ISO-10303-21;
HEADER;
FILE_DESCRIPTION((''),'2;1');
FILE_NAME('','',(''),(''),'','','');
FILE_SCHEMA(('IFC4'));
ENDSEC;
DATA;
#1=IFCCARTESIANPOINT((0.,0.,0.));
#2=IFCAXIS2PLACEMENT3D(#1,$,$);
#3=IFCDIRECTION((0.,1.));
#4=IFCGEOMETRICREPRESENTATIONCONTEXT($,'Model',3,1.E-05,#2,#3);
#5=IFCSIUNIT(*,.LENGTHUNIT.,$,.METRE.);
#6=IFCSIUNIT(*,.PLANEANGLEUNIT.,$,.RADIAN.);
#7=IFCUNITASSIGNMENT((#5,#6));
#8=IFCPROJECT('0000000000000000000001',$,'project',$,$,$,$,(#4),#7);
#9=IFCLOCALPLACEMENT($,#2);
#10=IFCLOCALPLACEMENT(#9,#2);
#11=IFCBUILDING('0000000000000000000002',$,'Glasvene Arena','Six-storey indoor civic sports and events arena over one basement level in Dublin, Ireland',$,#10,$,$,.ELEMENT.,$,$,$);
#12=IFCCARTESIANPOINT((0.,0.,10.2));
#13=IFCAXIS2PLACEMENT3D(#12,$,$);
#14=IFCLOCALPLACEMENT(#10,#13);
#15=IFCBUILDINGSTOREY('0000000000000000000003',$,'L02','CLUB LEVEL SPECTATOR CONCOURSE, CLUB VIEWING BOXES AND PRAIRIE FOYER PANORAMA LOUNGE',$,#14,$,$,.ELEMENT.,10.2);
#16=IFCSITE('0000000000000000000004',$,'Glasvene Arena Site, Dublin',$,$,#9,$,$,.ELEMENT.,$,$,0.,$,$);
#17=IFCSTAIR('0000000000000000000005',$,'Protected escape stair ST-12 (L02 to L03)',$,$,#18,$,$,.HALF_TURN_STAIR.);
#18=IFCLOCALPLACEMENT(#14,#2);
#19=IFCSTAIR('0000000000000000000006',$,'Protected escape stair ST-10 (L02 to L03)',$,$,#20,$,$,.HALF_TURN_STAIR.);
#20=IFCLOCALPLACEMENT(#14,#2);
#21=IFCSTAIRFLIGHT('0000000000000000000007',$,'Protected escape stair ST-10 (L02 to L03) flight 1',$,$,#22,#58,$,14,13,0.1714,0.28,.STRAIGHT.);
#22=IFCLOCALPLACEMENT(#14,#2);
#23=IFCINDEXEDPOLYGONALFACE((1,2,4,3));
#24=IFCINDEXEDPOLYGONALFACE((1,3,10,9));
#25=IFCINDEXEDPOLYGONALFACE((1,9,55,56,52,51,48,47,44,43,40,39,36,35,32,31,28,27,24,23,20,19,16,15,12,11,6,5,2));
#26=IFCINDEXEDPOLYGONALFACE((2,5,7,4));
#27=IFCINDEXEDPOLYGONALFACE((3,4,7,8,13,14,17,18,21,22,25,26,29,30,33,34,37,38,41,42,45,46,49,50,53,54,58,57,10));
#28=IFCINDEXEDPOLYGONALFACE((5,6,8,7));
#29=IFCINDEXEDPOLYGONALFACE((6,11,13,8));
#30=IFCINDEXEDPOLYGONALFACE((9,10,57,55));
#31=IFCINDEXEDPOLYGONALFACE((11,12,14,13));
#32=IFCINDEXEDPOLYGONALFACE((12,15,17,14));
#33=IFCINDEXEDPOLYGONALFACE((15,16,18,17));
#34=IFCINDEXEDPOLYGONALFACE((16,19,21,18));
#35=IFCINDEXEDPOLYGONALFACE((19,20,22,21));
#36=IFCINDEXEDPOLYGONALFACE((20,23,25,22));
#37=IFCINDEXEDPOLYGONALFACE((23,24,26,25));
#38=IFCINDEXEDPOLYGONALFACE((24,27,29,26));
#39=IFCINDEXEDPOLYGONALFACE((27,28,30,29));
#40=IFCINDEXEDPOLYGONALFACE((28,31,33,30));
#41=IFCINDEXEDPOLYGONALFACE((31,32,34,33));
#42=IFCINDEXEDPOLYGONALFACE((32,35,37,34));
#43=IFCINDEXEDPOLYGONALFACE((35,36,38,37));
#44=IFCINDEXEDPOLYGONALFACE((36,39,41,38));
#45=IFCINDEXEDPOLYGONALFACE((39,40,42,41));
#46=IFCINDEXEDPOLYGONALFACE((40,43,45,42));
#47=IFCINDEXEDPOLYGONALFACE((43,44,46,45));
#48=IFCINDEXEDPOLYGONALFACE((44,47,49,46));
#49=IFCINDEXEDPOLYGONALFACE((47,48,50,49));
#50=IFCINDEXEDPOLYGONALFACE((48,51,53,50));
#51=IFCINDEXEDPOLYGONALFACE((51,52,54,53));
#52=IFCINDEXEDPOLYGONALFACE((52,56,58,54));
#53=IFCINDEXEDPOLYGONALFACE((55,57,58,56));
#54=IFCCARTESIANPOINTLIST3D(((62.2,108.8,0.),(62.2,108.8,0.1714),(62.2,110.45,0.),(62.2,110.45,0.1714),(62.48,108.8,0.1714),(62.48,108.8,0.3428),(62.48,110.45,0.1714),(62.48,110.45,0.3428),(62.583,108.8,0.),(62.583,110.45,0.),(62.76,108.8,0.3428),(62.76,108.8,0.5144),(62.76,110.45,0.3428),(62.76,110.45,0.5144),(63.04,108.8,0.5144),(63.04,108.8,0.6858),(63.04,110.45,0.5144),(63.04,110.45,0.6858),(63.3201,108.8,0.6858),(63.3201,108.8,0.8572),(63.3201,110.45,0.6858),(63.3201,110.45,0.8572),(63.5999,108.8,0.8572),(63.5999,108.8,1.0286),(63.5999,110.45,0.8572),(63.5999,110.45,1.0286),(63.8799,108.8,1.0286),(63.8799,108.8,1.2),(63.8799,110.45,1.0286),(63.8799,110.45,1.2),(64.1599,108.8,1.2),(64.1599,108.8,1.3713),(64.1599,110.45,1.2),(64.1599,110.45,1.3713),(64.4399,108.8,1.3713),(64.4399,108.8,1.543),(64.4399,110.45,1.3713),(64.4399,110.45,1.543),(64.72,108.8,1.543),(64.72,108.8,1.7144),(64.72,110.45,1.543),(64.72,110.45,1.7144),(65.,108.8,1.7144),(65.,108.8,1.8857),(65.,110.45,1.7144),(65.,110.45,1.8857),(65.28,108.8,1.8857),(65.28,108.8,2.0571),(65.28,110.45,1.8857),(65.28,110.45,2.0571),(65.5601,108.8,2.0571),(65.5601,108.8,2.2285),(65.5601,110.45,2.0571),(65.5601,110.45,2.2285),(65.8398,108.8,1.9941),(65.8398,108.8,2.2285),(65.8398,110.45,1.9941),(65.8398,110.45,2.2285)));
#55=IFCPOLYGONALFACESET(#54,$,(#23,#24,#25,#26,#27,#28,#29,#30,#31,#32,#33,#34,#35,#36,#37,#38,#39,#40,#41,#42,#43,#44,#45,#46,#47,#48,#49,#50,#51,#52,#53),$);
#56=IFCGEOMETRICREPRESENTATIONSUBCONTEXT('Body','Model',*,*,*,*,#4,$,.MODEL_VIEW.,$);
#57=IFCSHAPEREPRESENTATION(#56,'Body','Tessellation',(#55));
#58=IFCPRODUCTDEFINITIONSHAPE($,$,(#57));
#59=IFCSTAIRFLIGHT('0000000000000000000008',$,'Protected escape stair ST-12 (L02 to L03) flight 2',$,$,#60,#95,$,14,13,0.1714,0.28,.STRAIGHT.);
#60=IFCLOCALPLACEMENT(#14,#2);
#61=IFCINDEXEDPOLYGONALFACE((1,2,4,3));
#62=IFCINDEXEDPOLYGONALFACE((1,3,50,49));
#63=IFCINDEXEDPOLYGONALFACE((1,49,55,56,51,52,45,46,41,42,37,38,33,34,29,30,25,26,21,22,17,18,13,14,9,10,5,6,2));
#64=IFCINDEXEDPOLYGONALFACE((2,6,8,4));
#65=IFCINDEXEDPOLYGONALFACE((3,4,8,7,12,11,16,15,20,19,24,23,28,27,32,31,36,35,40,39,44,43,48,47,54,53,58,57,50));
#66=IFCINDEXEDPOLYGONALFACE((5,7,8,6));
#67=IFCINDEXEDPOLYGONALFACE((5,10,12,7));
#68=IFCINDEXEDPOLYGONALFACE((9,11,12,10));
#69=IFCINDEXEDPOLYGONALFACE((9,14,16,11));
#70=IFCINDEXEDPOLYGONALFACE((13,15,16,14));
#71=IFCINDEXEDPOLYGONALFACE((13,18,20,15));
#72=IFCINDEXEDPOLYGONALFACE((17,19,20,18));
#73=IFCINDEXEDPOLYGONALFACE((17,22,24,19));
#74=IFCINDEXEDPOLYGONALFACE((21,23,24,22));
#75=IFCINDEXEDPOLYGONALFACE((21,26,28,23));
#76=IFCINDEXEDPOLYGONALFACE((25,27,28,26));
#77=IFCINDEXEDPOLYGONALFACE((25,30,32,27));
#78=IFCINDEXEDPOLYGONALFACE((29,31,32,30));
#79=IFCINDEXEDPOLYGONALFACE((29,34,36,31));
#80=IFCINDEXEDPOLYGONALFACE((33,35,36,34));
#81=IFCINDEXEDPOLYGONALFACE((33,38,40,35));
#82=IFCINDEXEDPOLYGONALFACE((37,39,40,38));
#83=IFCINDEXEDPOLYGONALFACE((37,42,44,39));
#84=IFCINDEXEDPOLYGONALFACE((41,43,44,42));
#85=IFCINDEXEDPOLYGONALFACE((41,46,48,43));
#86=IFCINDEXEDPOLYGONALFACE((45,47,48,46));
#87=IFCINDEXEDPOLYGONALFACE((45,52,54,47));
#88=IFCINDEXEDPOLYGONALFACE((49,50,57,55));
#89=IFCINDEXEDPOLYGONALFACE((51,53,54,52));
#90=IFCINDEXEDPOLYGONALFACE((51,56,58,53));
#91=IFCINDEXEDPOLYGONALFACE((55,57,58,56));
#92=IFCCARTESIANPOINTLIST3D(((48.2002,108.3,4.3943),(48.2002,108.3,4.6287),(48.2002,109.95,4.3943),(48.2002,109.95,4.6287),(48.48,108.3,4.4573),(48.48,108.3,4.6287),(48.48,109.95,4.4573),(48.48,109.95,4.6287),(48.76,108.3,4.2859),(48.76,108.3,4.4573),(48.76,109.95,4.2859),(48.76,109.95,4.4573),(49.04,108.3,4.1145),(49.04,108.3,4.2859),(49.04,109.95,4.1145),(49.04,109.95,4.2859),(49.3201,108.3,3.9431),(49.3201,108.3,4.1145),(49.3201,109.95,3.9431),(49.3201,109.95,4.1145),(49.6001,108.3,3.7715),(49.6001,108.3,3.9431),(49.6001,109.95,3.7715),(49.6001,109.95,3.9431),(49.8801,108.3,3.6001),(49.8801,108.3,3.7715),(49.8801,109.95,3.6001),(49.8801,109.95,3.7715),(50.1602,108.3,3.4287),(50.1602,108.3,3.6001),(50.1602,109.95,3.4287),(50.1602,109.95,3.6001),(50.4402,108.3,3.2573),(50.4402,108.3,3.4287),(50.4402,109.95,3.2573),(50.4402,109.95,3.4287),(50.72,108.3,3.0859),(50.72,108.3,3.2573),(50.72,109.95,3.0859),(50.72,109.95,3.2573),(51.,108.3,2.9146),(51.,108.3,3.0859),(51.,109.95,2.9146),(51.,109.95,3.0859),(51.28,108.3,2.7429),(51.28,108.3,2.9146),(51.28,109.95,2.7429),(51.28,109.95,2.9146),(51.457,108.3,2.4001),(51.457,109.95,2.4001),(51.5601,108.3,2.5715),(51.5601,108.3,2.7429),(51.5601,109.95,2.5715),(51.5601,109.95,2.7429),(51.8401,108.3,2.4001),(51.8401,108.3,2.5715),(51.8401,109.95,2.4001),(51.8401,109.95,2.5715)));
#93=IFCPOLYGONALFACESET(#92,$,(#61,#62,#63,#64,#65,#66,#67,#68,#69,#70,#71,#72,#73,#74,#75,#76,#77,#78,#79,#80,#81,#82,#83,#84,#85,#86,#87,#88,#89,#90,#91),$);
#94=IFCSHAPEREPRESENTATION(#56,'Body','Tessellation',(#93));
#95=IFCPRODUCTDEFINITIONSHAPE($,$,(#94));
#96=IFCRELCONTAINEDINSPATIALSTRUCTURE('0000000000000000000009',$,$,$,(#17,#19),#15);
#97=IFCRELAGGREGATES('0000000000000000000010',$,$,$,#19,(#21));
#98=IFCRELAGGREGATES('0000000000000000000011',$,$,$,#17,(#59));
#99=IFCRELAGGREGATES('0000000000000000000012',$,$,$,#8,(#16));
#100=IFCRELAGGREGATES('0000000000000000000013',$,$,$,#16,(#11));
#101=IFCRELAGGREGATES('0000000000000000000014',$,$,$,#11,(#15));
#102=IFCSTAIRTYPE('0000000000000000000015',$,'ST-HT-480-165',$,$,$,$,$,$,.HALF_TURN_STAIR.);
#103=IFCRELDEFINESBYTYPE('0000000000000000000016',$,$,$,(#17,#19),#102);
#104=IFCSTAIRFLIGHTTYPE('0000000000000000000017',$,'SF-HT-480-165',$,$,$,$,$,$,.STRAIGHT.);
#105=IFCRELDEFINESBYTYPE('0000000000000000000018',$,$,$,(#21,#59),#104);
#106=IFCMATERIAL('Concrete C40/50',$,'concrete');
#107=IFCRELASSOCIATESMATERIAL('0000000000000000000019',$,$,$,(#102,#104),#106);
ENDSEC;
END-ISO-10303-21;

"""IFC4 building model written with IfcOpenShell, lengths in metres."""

from ifc_helpers import new_model, si_unit, direction, frame, origin, place, context, subcontext, project, spatial, polyline, outline, extrude, material, type_object, element, aggregate, save


model = new_model("IFC4")

# Units and contexts
model_context = context("Model", 3, precision=1e-05, world=origin(), true_north=direction((0.0, 1.0)))
body_context = subcontext(model_context, "Body", "Model", "MODEL_VIEW")
ifc_project = project(units=[si_unit("LENGTHUNIT", "METRE"), si_unit("PLANEANGLEUNIT", "RADIAN")], contexts=[model_context])

# Site, building, storey
site_placement = place(None, origin())
site = spatial("IfcSite", under=ifc_project, at=site_placement, Name="Glasvene Arena Site, Dublin", CompositionType="ELEMENT", RefElevation=0.0)
building_placement = place(site_placement, origin())
building = spatial("IfcBuilding", under=site, at=building_placement, Name="Glasvene Arena", Description="Six-storey indoor civic sports and events arena over one basement level in Dublin, Ireland", CompositionType="ELEMENT")
storey_placement = place(building_placement, frame((0.0, 0.0, 10.2)))
storey = spatial("IfcBuildingStorey", under=building, at=storey_placement, Name="L02", Description="CLUB LEVEL SPECTATOR CONCOURSE, CLUB VIEWING BOXES AND PRAIRIE FOYER PANORAMA LOUNGE", CompositionType="ELEMENT", Elevation=10.2)

# Stair
ifc_material_1 = material(Name="Concrete C40/50", Category="concrete")
stair_type = type_object("IfcStairType", Name="ST-HT-480-165", PredefinedType="HALF_TURN_STAIR", material=ifc_material_1)
stair_1_placement = place(storey_placement, origin())
stair_1 = element("IfcStair", 1, at=stair_1_placement, inside=storey, type_object=stair_type, Name="Protected escape stair ST-12 (L02 to L03)", PredefinedType="HALF_TURN_STAIR")

# Stair, stair flight
stair_2_placement = place(storey_placement, origin())
stair_2 = element("IfcStair", 2, at=stair_2_placement, inside=storey, type_object=stair_type, Name="Protected escape stair ST-10 (L02 to L03)", PredefinedType="HALF_TURN_STAIR")
stair_flight_type = type_object("IfcStairFlightType", Name="SF-HT-480-165", PredefinedType="STRAIGHT", material=ifc_material_1)
stair_flight_1_placement = place(storey_placement, frame((62.2, 109.625, 0.0), z_axis=(0.0, 0.0, 1.0), x_axis=(1.0, 0.0, 0.0)))
stair_flight_1 = element("IfcStairFlight", 3, at=stair_flight_1_placement, type_object=stair_flight_type, Name="Protected escape stair ST-10 (L02 to L03) flight 1", NumberOfRisers=14, NumberOfTreads=13, PredefinedType="STRAIGHT", RiserHeight=0.1714, TreadLength=0.28, context=body_context, shape_type="SweptSolid", body=[
    extrude(outline(polyline([(0.0, 0.0), (0.0, 0.1714), (0.28, 0.1714), (0.28, 0.3428), (0.5601, 0.3428), (0.5601, 0.5144), (0.8401, 0.5144), (0.8401, 0.6858), (1.1201, 0.6858), (1.1201, 0.8572), (1.3999, 0.8572), (1.3999, 1.0286), (1.6799, 1.0286), (1.6799, 1.2), (1.96, 1.2), (1.96, 1.3713), (2.24, 1.3713), (2.24, 1.543), (2.52, 1.543), (2.52, 1.7144), (2.8, 1.7144), (2.8, 1.8857), (3.0801, 1.8857), (3.0801, 2.0571), (3.3601, 2.0571), (3.3601, 2.2285), (3.6399, 2.2285), (3.6399, 2.3999), (3.6399, 1.9941), (0.3831, 0.0), (0.0, 0.0)])), frame((0.0, 0.825, 0.0), z_axis=(0.0, -1.0, 0.0), x_axis=(1.0, 0.0, 0.0)), (0.0, 0.0, 1.0), 1.6499),
])
aggregate(stair_2, [stair_flight_1])

# Stair flight
stair_flight_2_placement = place(storey_placement, frame((51.8401, 109.125, 2.4001), z_axis=(0.0, 0.0, 1.0), x_axis=(-1.0, 0.0, 0.0)))
stair_flight_2 = element("IfcStairFlight", 4, at=stair_flight_2_placement, type_object=stair_flight_type, Name="Protected escape stair ST-12 (L02 to L03) flight 2", NumberOfRisers=14, NumberOfTreads=13, PredefinedType="STRAIGHT", RiserHeight=0.1714, TreadLength=0.28, context=body_context, shape_type="SweptSolid", body=[
    extrude(outline(polyline([(0.0, 0.0), (0.0, 0.1714), (0.28, 0.1714), (0.28, 0.3428), (0.5601, 0.3428), (0.5601, 0.5144), (0.8401, 0.5144), (0.8401, 0.6858), (1.1201, 0.6858), (1.1201, 0.8572), (1.3999, 0.8572), (1.3999, 1.0286), (1.6799, 1.0286), (1.6799, 1.2), (1.96, 1.2), (1.96, 1.3713), (2.24, 1.3713), (2.24, 1.543), (2.52, 1.543), (2.52, 1.7144), (2.8, 1.7144), (2.8, 1.8857), (3.0801, 1.8857), (3.0801, 2.0571), (3.3601, 2.0571), (3.3601, 2.2285), (3.6399, 2.2285), (3.6399, 2.3999), (3.6399, 1.9941), (0.3831, 0.0), (0.0, 0.0)])), frame((0.0, 0.825, 0.0), z_axis=(0.0, -1.0, 0.0), x_axis=(1.0, 0.0, 0.0)), (0.0, 0.0, 1.0), 1.6499),
])
aggregate(stair_1, [stair_flight_2])

save(model, "model.ifc")
